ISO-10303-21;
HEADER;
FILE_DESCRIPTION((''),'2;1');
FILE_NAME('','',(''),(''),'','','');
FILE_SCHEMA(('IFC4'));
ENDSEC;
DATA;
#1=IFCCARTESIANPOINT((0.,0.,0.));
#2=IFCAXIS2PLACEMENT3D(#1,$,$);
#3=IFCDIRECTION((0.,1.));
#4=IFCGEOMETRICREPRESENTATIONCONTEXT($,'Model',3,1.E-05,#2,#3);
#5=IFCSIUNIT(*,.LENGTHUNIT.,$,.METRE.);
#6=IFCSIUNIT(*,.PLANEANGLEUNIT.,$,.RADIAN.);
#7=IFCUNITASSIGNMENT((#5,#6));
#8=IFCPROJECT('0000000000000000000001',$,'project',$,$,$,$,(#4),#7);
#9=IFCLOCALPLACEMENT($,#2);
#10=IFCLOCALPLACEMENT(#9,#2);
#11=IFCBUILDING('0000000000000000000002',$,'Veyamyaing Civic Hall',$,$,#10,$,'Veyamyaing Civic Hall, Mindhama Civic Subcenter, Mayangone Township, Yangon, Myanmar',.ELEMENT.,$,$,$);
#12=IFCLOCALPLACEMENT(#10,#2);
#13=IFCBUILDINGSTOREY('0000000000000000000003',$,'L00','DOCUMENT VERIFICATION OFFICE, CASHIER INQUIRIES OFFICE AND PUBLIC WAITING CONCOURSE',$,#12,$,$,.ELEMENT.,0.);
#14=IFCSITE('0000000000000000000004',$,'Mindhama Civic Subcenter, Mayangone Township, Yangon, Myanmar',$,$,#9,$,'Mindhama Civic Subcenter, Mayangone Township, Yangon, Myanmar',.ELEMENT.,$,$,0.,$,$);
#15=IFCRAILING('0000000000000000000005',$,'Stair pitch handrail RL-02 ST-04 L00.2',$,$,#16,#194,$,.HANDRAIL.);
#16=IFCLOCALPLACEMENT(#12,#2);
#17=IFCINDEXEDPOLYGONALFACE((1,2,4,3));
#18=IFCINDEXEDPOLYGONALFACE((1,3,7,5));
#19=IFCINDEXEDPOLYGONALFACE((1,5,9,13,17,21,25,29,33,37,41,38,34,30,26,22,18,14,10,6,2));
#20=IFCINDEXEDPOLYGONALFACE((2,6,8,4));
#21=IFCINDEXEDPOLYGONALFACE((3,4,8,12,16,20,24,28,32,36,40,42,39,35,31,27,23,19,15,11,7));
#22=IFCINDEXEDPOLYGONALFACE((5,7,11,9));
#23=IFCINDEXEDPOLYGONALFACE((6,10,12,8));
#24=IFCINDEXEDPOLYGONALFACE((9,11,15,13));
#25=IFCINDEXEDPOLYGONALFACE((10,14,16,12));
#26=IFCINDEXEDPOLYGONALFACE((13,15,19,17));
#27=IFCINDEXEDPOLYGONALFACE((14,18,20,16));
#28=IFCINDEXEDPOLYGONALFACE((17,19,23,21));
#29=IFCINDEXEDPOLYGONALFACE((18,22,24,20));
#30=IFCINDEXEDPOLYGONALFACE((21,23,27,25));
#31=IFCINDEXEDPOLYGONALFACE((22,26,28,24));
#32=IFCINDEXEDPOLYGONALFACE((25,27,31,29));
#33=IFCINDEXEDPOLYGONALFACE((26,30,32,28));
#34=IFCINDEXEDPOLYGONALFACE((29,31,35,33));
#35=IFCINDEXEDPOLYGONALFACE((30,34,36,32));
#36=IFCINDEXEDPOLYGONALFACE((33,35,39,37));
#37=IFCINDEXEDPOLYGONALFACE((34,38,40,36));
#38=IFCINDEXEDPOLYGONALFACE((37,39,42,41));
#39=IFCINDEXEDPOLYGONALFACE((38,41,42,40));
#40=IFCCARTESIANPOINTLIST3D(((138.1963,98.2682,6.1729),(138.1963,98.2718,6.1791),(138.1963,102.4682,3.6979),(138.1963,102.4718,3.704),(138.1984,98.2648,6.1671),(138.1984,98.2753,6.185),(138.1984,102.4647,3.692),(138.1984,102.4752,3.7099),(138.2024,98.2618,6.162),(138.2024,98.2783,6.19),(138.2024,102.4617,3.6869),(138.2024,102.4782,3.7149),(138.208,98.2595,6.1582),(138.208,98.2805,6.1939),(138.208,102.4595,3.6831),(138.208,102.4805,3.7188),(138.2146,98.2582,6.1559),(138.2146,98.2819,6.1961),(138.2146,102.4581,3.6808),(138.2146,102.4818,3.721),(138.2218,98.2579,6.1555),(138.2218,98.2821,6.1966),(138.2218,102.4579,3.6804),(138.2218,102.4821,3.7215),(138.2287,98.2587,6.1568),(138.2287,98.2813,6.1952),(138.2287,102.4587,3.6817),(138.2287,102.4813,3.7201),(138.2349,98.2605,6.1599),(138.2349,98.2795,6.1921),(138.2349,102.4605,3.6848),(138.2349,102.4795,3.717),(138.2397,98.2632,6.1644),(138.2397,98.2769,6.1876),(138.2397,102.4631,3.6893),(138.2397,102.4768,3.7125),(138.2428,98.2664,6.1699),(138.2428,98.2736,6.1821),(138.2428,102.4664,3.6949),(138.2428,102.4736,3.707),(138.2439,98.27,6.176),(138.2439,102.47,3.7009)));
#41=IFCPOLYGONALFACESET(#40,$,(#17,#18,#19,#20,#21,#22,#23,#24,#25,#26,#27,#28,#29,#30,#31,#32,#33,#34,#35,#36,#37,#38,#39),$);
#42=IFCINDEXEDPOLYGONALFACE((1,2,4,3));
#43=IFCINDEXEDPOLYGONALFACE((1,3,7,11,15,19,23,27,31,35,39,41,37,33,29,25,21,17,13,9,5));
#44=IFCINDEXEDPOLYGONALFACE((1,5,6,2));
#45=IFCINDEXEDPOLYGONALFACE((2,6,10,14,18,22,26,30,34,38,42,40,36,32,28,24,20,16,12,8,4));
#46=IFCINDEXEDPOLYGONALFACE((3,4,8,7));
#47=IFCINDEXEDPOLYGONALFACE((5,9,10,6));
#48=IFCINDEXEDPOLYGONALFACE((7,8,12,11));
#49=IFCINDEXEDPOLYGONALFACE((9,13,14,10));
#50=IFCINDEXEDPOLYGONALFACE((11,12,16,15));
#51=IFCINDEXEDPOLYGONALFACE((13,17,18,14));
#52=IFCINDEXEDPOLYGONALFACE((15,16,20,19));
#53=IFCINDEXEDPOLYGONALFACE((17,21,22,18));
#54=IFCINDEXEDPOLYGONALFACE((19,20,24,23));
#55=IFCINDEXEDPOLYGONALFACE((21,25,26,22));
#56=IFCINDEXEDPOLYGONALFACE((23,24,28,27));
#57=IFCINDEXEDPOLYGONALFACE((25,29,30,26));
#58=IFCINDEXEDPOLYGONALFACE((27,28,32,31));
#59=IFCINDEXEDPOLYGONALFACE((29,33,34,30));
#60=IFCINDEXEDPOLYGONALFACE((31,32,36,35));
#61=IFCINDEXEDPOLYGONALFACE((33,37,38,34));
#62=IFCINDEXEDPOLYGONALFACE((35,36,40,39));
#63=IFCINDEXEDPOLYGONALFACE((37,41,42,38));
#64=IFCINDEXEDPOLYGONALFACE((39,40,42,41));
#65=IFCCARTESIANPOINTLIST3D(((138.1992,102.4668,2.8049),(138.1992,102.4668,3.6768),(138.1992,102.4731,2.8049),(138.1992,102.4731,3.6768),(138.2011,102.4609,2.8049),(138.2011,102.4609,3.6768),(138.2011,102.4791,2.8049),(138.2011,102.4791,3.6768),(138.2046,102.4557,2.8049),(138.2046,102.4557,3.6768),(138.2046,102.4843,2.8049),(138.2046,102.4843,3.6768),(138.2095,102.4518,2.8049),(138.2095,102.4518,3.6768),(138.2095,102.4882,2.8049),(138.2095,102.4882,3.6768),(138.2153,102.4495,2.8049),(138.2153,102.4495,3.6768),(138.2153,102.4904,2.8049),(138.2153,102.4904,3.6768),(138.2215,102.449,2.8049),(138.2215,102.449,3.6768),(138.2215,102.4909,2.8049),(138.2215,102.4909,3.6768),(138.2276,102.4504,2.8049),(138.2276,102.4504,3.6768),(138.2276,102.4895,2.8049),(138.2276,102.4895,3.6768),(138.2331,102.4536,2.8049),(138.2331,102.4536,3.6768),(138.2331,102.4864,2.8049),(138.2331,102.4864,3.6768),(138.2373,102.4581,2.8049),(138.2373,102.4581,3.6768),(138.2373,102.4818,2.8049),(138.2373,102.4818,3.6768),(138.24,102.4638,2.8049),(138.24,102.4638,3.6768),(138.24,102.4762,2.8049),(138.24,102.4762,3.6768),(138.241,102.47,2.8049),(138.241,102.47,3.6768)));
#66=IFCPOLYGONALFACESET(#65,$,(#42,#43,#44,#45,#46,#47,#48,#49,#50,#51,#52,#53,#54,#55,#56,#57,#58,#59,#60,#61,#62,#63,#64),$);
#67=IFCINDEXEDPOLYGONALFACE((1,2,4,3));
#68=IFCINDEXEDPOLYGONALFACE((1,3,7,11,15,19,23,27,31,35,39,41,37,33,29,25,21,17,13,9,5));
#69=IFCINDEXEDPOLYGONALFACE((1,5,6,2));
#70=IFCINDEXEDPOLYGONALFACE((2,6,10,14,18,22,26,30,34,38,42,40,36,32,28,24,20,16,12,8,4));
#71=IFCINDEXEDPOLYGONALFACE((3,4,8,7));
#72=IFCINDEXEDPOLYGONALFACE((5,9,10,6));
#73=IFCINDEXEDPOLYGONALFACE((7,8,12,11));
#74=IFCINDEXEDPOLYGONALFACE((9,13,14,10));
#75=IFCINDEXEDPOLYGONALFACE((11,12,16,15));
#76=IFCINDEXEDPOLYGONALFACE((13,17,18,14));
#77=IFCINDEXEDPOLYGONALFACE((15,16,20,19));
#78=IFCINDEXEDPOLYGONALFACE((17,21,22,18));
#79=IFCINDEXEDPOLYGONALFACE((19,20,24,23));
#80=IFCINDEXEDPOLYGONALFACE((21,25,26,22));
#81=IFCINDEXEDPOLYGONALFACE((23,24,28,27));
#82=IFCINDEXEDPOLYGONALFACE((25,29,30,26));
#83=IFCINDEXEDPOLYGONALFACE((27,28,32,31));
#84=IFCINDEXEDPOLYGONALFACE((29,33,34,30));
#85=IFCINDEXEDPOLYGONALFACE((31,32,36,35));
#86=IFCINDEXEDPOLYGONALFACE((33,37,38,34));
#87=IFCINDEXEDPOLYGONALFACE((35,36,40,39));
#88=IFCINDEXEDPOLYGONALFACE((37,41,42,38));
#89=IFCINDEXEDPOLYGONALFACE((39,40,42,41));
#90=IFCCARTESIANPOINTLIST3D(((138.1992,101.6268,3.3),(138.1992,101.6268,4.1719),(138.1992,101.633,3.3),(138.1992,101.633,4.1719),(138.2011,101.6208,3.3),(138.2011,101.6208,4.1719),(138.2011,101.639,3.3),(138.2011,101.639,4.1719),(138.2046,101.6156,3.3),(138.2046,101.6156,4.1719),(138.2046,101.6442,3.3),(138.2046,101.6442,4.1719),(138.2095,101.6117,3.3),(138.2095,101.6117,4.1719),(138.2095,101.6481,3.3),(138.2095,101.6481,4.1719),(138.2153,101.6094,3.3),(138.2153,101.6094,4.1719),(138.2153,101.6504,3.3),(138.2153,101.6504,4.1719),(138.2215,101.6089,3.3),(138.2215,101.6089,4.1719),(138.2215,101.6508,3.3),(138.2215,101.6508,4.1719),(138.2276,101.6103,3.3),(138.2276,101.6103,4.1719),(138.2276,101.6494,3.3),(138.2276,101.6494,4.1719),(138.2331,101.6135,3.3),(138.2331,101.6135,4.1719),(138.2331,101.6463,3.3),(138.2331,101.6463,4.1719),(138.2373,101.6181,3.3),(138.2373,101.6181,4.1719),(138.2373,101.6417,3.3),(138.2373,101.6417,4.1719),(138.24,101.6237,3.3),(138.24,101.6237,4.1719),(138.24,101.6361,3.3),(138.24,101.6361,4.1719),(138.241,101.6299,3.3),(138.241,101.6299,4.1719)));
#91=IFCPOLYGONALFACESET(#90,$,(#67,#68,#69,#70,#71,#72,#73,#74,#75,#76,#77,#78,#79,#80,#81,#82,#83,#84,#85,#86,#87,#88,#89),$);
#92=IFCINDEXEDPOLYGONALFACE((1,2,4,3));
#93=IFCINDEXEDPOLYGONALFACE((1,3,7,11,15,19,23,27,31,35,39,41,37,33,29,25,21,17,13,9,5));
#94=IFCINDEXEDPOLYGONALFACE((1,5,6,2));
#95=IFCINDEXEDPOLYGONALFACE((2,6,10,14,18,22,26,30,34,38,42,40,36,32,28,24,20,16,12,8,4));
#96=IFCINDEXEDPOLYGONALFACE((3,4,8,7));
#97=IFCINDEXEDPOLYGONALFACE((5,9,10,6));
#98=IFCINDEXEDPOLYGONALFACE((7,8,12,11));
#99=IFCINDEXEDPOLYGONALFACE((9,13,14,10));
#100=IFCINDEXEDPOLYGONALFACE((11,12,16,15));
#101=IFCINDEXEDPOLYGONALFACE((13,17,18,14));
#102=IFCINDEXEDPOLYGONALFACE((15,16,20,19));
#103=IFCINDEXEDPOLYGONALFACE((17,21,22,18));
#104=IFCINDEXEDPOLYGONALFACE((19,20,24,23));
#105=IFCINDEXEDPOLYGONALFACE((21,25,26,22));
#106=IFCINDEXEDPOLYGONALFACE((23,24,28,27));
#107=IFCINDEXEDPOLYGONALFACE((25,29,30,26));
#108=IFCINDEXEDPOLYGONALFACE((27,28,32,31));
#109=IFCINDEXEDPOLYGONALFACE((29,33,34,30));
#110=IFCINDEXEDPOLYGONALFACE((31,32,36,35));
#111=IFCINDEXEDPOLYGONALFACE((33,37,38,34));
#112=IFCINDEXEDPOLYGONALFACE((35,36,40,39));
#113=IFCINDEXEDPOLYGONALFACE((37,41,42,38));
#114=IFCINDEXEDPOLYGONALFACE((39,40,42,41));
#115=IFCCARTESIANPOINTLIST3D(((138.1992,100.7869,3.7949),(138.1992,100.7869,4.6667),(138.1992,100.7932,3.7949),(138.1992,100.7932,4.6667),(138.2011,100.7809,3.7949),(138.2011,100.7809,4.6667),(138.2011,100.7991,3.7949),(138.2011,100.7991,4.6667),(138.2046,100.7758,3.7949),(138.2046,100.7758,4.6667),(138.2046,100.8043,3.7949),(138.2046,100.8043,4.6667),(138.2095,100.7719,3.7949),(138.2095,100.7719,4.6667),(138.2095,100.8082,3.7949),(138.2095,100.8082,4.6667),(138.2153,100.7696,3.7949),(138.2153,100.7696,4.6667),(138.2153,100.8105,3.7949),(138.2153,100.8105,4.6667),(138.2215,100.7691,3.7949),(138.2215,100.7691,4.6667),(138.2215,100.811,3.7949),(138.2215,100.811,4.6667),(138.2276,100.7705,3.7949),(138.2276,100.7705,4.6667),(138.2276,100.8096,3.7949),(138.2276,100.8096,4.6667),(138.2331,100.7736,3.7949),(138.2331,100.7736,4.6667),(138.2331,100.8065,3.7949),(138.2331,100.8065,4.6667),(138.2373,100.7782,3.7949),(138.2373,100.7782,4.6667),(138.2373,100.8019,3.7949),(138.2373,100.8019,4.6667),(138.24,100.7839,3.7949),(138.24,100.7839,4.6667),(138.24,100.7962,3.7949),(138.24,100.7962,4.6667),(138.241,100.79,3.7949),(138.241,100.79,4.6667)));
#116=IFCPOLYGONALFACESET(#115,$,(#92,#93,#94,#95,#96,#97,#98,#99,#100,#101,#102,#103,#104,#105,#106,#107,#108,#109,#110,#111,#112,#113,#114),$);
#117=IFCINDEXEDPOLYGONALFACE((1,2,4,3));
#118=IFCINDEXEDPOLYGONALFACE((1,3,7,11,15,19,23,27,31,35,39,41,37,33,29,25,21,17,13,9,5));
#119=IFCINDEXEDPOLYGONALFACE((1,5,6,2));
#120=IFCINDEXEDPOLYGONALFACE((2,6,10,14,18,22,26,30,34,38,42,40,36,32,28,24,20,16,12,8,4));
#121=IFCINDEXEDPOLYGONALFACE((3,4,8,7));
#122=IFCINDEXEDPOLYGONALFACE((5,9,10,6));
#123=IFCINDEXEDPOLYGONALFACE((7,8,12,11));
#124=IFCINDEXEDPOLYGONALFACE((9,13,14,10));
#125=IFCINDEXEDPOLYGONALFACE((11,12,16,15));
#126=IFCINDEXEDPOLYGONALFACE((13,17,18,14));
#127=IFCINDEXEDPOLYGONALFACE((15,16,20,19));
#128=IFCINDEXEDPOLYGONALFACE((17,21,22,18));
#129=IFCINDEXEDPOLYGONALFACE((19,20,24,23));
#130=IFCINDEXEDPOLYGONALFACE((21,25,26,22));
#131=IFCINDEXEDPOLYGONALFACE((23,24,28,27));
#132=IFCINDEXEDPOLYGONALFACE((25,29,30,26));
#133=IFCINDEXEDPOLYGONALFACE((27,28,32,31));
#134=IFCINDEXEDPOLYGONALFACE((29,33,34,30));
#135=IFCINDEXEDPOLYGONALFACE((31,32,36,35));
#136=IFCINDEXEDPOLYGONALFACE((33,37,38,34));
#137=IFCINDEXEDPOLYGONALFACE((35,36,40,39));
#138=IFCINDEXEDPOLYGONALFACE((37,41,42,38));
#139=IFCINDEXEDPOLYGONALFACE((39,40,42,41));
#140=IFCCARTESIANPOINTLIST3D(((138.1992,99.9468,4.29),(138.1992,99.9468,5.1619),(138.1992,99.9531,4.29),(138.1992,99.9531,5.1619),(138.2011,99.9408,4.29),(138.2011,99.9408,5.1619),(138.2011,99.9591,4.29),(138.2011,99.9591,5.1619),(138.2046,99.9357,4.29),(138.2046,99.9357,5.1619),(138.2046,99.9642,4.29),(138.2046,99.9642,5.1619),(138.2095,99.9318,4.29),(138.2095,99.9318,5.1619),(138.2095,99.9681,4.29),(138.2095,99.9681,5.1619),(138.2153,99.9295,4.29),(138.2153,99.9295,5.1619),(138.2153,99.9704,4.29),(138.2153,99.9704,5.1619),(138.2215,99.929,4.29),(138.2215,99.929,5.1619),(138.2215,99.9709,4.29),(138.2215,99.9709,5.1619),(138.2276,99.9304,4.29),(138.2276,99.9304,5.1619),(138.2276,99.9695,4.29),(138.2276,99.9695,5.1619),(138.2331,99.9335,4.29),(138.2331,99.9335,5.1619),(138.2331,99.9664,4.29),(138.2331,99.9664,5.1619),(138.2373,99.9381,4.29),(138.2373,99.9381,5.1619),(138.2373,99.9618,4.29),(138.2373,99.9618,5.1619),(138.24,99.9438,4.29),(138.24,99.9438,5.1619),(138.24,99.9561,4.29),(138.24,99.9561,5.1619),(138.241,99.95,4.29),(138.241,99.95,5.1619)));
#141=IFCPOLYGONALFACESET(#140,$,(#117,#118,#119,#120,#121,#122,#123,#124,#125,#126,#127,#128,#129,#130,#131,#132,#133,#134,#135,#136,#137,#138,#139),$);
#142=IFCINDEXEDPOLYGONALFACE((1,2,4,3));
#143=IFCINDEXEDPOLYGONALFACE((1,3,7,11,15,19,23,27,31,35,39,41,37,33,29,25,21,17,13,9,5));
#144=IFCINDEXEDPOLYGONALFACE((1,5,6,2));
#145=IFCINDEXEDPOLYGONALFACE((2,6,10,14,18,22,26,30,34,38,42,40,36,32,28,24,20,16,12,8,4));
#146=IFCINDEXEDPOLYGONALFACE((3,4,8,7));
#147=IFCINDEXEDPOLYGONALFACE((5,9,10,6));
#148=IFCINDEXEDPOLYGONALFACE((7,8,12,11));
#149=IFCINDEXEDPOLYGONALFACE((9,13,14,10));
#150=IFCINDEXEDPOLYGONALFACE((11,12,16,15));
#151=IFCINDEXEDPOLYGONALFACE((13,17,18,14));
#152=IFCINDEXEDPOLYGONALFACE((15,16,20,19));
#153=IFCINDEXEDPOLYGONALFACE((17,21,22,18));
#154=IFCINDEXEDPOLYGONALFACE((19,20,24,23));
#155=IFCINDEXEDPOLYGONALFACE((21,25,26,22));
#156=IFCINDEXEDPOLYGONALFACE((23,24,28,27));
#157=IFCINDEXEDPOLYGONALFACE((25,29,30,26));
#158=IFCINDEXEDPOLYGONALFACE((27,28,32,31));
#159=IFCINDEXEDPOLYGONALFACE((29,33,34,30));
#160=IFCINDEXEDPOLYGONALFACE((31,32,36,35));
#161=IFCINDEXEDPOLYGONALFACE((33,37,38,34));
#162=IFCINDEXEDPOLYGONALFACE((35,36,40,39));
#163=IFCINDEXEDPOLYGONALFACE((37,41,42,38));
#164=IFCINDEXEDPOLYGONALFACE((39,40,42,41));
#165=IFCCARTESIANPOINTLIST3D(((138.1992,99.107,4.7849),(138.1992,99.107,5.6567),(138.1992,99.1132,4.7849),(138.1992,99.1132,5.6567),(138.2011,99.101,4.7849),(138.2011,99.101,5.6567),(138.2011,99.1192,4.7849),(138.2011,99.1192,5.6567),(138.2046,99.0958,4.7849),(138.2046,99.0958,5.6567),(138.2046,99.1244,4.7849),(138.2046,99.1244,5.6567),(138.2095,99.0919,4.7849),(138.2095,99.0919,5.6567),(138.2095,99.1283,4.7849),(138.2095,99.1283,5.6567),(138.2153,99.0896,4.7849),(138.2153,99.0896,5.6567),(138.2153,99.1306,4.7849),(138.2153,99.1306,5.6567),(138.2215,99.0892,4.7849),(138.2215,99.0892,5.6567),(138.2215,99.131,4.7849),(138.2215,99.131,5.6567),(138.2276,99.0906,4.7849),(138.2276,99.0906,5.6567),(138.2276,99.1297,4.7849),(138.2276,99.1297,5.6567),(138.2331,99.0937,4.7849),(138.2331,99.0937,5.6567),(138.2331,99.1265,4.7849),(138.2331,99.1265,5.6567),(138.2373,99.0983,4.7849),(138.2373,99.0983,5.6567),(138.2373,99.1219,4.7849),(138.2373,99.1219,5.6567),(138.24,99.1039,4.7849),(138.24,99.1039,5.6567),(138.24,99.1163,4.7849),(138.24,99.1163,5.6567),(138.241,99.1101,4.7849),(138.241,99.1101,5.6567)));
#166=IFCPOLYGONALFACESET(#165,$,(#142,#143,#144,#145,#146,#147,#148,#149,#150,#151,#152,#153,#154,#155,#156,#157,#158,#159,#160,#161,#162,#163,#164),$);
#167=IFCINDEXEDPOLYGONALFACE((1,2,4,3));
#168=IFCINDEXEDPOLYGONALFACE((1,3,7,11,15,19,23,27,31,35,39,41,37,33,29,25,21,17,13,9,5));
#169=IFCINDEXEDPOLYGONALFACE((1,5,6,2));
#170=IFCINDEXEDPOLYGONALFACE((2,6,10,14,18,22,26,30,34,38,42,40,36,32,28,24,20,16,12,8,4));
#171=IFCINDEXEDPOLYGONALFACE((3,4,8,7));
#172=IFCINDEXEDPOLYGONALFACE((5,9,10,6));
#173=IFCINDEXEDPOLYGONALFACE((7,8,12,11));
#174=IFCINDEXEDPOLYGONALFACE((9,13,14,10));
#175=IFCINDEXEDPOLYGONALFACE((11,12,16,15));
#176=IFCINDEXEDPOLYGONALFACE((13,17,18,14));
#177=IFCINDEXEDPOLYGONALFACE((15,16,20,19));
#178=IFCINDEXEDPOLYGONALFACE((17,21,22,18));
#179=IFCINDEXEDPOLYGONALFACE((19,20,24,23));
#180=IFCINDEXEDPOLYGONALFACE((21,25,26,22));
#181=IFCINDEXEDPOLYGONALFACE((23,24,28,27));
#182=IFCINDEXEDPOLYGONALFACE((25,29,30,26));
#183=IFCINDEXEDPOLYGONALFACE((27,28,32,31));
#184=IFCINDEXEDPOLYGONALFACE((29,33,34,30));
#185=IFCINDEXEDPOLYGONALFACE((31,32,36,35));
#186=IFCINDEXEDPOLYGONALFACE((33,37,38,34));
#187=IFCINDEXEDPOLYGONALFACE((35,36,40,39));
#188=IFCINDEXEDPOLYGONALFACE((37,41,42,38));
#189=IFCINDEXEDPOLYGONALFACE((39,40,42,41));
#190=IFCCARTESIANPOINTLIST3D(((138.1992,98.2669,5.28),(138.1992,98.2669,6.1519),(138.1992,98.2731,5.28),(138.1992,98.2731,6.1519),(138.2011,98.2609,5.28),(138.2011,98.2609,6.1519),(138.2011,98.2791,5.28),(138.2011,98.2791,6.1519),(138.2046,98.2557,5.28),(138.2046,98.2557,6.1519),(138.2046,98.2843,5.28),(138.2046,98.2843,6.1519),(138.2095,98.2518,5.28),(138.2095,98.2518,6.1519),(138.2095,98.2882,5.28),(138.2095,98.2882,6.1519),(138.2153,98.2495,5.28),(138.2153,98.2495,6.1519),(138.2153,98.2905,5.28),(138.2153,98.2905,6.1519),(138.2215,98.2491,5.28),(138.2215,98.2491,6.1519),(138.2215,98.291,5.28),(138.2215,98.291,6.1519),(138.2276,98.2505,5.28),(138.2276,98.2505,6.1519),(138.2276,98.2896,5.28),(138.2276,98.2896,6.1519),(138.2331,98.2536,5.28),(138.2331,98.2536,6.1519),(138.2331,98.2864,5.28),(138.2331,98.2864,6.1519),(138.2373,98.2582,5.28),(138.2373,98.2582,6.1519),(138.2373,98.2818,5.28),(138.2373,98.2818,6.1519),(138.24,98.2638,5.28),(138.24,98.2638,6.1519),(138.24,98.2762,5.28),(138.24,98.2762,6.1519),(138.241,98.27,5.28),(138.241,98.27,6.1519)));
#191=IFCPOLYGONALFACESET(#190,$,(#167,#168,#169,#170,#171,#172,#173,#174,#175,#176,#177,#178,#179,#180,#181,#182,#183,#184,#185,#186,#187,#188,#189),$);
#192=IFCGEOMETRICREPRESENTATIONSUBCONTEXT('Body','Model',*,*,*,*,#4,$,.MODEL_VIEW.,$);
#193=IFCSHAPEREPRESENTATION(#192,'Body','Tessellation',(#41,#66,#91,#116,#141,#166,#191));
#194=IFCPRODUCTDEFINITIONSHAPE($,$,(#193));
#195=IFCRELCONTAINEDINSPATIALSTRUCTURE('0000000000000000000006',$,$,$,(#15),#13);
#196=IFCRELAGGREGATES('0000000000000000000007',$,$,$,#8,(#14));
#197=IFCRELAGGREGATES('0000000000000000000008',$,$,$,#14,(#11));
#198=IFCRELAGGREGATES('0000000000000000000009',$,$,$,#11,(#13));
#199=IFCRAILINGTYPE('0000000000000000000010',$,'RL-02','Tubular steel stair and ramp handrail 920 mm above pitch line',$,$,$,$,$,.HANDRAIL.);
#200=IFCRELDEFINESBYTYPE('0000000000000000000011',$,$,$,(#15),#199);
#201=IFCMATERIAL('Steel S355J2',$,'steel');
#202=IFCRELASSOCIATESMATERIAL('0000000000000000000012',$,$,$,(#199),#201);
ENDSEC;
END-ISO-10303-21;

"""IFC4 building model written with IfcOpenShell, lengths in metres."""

from ifc_helpers import new_model, si_unit, direction, frame, origin, origin_2d, place, context, subcontext, project, spatial, circle, extrude, material, type_object, element, save


model = new_model("IFC4")

# Units and contexts
model_context = context("Model", 3, precision=1e-05, world=origin(), true_north=direction((0.0, 1.0)))
body_context = subcontext(model_context, "Body", "Model", "MODEL_VIEW")
ifc_project = project(units=[si_unit("LENGTHUNIT", "METRE"), si_unit("PLANEANGLEUNIT", "RADIAN")], contexts=[model_context])

# Site, building, storey
site_placement = place(None, origin())
site = spatial("IfcSite", under=ifc_project, at=site_placement, Name="Mindhama Civic Subcenter, Mayangone Township, Yangon, Myanmar", LongName="Mindhama Civic Subcenter, Mayangone Township, Yangon, Myanmar", CompositionType="ELEMENT", RefElevation=0.0)
building_placement = place(site_placement, origin())
building = spatial("IfcBuilding", under=site, at=building_placement, Name="Veyamyaing Civic Hall", LongName="Veyamyaing Civic Hall, Mindhama Civic Subcenter, Mayangone Township, Yangon, Myanmar", CompositionType="ELEMENT")
storey_placement = place(building_placement, origin())
storey = spatial("IfcBuildingStorey", under=building, at=storey_placement, Name="L00", Description="DOCUMENT VERIFICATION OFFICE, CASHIER INQUIRIES OFFICE AND PUBLIC WAITING CONCOURSE", CompositionType="ELEMENT", Elevation=0.0)

# Railing
ifc_material_1 = material(Name="Steel S355J2", Category="steel")
railing_type_1 = type_object("IfcRailingType", Name="RL-02", Description="Tubular steel stair and ramp handrail 920 mm above pitch line", PredefinedType="HANDRAIL", material=ifc_material_1)
railing_1_placement = place(storey_placement, frame((138.22, 102.47, 2.8049)))
element("IfcRailing", 1, at=railing_1_placement, inside=storey, type_object=railing_type_1, Name="Stair pitch handrail RL-02 ST-04 L00.2", PredefinedType="HANDRAIL", context=body_context, shape_type="SweptSolid", body=[
    extrude(circle(Radius=0.0239, at=origin_2d()), frame((0.0, 0.0, 0.896), z_axis=(0.0, -0.861527, 0.507712), x_axis=(1.0, 0.0, 0.0)), (0.0, 0.0, 1.0), 4.875),
    extrude(circle(Radius=0.021, at=origin_2d()), origin(), (0.0, 0.0, 1.0), 0.8718),
    extrude(circle(Radius=0.021, at=origin_2d()), frame((0.0, -0.8401, 0.4951)), (0.0, 0.0, 1.0), 0.8718),
    extrude(circle(Radius=0.021, at=origin_2d()), frame((0.0, -1.6799, 0.99)), (0.0, 0.0, 1.0), 0.8718),
    extrude(circle(Radius=0.021, at=origin_2d()), frame((0.0, -2.52, 1.4851)), (0.0, 0.0, 1.0), 0.8718),
    extrude(circle(Radius=0.021, at=origin_2d()), frame((0.0, -3.3599, 1.98)), (0.0, 0.0, 1.0), 0.8718),
    extrude(circle(Radius=0.021, at=origin_2d()), frame((0.0, -4.2, 2.4751)), (0.0, 0.0, 1.0), 0.8718),
])

save(model, "model.ifc")
